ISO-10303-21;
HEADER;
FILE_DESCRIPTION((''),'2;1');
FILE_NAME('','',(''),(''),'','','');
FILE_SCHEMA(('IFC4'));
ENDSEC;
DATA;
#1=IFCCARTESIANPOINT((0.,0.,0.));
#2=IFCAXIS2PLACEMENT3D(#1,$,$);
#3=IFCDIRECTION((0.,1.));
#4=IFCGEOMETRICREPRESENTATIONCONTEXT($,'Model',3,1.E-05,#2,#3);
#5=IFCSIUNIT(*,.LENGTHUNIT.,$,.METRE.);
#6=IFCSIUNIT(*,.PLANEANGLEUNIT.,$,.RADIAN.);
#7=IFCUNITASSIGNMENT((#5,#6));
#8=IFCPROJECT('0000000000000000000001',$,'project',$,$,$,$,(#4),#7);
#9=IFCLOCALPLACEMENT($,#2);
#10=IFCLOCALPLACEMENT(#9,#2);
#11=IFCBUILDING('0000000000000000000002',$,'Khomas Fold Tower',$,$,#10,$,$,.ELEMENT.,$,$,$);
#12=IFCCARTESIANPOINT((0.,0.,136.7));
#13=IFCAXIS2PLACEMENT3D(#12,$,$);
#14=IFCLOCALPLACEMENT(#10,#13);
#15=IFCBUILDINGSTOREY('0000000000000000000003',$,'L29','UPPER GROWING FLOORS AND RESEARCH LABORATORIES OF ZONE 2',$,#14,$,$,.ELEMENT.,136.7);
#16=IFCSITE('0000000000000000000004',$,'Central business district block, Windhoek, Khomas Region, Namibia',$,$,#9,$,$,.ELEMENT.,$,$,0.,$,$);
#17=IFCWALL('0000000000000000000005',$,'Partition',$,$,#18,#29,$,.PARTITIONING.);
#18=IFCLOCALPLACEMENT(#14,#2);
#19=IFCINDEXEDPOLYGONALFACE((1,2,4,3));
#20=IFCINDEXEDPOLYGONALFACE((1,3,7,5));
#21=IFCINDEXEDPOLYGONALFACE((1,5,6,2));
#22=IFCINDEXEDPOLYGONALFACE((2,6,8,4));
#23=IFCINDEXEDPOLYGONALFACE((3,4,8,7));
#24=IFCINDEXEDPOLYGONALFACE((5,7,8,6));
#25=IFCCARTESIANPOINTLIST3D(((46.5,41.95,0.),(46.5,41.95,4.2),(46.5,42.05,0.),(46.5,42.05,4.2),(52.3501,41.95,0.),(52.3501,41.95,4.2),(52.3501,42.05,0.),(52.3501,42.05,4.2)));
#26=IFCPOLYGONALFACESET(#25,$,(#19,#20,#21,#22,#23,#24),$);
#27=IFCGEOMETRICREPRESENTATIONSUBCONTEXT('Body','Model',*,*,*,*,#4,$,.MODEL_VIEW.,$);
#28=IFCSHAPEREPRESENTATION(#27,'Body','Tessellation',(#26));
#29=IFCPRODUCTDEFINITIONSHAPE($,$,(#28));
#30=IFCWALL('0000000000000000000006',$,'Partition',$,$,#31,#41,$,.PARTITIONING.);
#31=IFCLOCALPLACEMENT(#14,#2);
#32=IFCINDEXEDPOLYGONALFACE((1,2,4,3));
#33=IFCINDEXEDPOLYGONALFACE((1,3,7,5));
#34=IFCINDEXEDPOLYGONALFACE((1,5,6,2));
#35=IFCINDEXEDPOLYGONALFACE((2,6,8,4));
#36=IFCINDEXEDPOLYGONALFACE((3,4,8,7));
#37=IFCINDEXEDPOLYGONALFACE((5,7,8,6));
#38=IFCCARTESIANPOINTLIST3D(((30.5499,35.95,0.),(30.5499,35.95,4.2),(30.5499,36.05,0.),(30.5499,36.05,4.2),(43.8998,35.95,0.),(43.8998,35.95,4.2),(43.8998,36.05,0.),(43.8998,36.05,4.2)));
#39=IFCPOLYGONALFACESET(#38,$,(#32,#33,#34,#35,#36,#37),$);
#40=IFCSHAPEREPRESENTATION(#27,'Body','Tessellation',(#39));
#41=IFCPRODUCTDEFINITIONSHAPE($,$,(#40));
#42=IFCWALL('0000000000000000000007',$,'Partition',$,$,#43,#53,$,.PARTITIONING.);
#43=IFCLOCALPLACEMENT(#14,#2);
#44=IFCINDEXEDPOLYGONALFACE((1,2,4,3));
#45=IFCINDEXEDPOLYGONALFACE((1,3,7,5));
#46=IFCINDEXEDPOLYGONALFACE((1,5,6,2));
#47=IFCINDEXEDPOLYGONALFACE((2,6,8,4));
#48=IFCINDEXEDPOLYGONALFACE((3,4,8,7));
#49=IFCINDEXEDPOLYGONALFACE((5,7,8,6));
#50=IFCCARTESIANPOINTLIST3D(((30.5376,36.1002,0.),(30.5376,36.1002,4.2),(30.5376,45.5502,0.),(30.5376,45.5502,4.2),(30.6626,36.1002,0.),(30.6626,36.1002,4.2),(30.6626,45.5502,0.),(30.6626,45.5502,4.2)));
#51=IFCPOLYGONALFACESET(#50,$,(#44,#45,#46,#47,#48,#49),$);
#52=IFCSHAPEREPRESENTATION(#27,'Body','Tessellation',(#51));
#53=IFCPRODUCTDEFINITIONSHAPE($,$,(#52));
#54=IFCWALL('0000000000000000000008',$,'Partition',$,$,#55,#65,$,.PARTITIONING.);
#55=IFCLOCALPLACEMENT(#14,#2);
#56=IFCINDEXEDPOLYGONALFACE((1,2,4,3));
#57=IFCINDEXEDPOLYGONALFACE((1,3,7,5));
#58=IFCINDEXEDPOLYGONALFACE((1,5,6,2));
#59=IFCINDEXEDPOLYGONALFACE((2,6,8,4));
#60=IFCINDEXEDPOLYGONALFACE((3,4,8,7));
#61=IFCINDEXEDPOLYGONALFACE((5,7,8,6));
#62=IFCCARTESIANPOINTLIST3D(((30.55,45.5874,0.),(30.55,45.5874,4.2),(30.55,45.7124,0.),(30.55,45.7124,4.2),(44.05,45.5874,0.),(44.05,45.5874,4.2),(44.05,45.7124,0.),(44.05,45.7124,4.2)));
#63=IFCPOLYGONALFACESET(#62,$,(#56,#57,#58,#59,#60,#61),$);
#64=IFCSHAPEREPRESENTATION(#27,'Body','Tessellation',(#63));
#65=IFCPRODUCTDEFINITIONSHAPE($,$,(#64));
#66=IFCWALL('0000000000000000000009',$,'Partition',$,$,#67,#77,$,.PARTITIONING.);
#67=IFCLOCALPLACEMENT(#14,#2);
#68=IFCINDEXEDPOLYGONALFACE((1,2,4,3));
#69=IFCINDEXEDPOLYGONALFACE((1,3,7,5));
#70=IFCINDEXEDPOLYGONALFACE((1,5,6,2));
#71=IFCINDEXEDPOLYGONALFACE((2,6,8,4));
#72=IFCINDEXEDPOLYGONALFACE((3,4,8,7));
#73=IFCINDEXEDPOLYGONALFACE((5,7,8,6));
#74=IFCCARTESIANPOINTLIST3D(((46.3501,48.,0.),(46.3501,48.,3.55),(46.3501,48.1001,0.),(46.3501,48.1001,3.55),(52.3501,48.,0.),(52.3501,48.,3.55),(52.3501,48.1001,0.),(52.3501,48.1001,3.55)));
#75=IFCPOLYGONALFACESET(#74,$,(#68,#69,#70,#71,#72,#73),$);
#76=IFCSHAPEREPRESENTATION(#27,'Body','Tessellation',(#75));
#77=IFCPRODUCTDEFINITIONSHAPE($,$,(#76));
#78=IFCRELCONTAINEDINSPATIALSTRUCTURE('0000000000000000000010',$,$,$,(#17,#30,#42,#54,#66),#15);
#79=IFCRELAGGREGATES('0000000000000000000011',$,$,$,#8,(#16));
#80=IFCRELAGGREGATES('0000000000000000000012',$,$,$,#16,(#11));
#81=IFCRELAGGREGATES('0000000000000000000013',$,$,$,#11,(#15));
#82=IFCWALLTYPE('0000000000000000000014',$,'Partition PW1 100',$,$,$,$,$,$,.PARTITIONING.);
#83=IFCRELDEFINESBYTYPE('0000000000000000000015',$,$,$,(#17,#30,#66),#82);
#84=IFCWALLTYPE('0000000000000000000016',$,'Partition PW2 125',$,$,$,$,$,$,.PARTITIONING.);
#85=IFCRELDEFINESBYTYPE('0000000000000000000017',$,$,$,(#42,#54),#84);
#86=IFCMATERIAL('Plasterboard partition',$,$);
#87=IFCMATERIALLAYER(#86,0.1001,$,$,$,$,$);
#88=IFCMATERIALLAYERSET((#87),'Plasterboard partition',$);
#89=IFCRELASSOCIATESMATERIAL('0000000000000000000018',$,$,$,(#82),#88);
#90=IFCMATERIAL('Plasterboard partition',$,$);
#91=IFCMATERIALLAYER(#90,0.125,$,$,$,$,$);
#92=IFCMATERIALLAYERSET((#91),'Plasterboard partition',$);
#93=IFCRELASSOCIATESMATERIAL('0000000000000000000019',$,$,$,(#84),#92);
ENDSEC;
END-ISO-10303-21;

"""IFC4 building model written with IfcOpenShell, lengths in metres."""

from ifc_helpers import new_model, si_unit, direction, frame, frame_2d, origin, place, context, subcontext, project, spatial, rectangle, extrude, source, transform, mapped, material, layer, layer_set, type_object, element, save


model = new_model("IFC4")

# Units and contexts
model_context = context("Model", 3, precision=1e-05, world=origin(), true_north=direction((0.0, 1.0)))
body_context = subcontext(model_context, "Body", "Model", "MODEL_VIEW")
ifc_project = project(units=[si_unit("LENGTHUNIT", "METRE"), si_unit("PLANEANGLEUNIT", "RADIAN")], contexts=[model_context])

# Site, building, storey
site_placement = place(None, origin())
site = spatial("IfcSite", under=ifc_project, at=site_placement, Name="Central business district block, Windhoek, Khomas Region, Namibia", CompositionType="ELEMENT", RefElevation=0.0)
building_placement = place(site_placement, origin())
building = spatial("IfcBuilding", under=site, at=building_placement, Name="Khomas Fold Tower", CompositionType="ELEMENT")
storey_placement = place(building_placement, frame((0.0, 0.0, 136.7)))
storey = spatial("IfcBuildingStorey", under=building, at=storey_placement, Name="L29", Description="UPPER GROWING FLOORS AND RESEARCH LABORATORIES OF ZONE 2", CompositionType="ELEMENT", Elevation=136.7)

# Walls
ifc_material_1 = material(Name="Plasterboard partition")
ifc_layer_1 = layer(ifc_material_1, 0.1001)
ifc_layer_set_1 = layer_set([ifc_layer_1], Name="Plasterboard partition")
wall_type_1 = type_object("IfcWallType", Name="Partition PW1 100", PredefinedType="PARTITIONING", material=ifc_layer_set_1)
shared_shape_1 = source(origin(), body_context, "Body", "SweptSolid", [
    extrude(rectangle(XDim=5.8501, YDim=0.1001, at=frame_2d((2.925, 0.0))), origin(), (0.0, 0.0, 1.0), 4.2),
])
wall_1_placement = place(storey_placement, frame((46.5, 42.0, 0.0), z_axis=(0.0, 0.0, 1.0), x_axis=(1.0, 0.0, 0.0)))
element("IfcWall", 1, at=wall_1_placement, inside=storey, type_object=wall_type_1, Name="Partition", PredefinedType="PARTITIONING", context=body_context, shape_type="MappedRepresentation", body=[
    mapped(shared_shape_1, transform((0.0, 0.0, 0.0))),
])
shared_shape_2 = source(origin(), body_context, "Body", "SweptSolid", [
    extrude(rectangle(XDim=13.3499, YDim=0.1001, at=frame_2d((6.6748, 0.0))), origin(), (0.0, 0.0, 1.0), 4.2),
])
wall_2_placement = place(storey_placement, frame((30.55, 36.0, 0.0), z_axis=(0.0, 0.0, 1.0), x_axis=(1.0, 0.0, 0.0)))
element("IfcWall", 2, at=wall_2_placement, inside=storey, type_object=wall_type_1, Name="Partition", PredefinedType="PARTITIONING", context=body_context, shape_type="MappedRepresentation", body=[
    mapped(shared_shape_2, transform((0.0, 0.0, 0.0))),
])
ifc_material_2 = material(Name="Plasterboard partition")
ifc_layer_2 = layer(ifc_material_2, 0.125)
ifc_layer_set_2 = layer_set([ifc_layer_2], Name="Plasterboard partition")
wall_type_2 = type_object("IfcWallType", Name="Partition PW2 125", PredefinedType="PARTITIONING", material=ifc_layer_set_2)
shared_shape_3 = source(origin(), body_context, "Body", "SweptSolid", [
    extrude(rectangle(XDim=9.45, YDim=0.125, at=frame_2d((4.7251, 0.0))), origin(), (0.0, 0.0, 1.0), 4.2),
])
wall_3_placement = place(storey_placement, frame((30.6001, 36.1001, 0.0), z_axis=(0.0, 0.0, 1.0), x_axis=(0.0, 1.0, 0.0)))
element("IfcWall", 3, at=wall_3_placement, inside=storey, type_object=wall_type_2, Name="Partition", PredefinedType="PARTITIONING", context=body_context, shape_type="MappedRepresentation", body=[
    mapped(shared_shape_3, transform((0.0, 0.0, 0.0))),
])
shared_shape_4 = source(origin(), body_context, "Body", "SweptSolid", [
    extrude(rectangle(XDim=13.5, YDim=0.125, at=frame_2d((6.75, 0.0))), origin(), (0.0, 0.0, 1.0), 4.2),
])
wall_4_placement = place(storey_placement, frame((30.55, 45.6499, 0.0), z_axis=(0.0, 0.0, 1.0), x_axis=(1.0, 0.0, 0.0)))
element("IfcWall", 4, at=wall_4_placement, inside=storey, type_object=wall_type_2, Name="Partition", PredefinedType="PARTITIONING", context=body_context, shape_type="MappedRepresentation", body=[
    mapped(shared_shape_4, transform((0.0, 0.0, 0.0))),
])
shared_shape_5 = source(origin(), body_context, "Body", "SweptSolid", [
    extrude(rectangle(XDim=6.0, YDim=0.1001, at=frame_2d((3.0, 0.0))), origin(), (0.0, 0.0, 1.0), 3.55),
])
wall_5_placement = place(storey_placement, frame((46.3501, 48.05, 0.0), z_axis=(0.0, 0.0, 1.0), x_axis=(1.0, 0.0, 0.0)))
element("IfcWall", 5, at=wall_5_placement, inside=storey, type_object=wall_type_1, Name="Partition", PredefinedType="PARTITIONING", context=body_context, shape_type="MappedRepresentation", body=[
    mapped(shared_shape_5, transform((0.0, 0.0, 0.0))),
])

save(model, "model.ifc")
